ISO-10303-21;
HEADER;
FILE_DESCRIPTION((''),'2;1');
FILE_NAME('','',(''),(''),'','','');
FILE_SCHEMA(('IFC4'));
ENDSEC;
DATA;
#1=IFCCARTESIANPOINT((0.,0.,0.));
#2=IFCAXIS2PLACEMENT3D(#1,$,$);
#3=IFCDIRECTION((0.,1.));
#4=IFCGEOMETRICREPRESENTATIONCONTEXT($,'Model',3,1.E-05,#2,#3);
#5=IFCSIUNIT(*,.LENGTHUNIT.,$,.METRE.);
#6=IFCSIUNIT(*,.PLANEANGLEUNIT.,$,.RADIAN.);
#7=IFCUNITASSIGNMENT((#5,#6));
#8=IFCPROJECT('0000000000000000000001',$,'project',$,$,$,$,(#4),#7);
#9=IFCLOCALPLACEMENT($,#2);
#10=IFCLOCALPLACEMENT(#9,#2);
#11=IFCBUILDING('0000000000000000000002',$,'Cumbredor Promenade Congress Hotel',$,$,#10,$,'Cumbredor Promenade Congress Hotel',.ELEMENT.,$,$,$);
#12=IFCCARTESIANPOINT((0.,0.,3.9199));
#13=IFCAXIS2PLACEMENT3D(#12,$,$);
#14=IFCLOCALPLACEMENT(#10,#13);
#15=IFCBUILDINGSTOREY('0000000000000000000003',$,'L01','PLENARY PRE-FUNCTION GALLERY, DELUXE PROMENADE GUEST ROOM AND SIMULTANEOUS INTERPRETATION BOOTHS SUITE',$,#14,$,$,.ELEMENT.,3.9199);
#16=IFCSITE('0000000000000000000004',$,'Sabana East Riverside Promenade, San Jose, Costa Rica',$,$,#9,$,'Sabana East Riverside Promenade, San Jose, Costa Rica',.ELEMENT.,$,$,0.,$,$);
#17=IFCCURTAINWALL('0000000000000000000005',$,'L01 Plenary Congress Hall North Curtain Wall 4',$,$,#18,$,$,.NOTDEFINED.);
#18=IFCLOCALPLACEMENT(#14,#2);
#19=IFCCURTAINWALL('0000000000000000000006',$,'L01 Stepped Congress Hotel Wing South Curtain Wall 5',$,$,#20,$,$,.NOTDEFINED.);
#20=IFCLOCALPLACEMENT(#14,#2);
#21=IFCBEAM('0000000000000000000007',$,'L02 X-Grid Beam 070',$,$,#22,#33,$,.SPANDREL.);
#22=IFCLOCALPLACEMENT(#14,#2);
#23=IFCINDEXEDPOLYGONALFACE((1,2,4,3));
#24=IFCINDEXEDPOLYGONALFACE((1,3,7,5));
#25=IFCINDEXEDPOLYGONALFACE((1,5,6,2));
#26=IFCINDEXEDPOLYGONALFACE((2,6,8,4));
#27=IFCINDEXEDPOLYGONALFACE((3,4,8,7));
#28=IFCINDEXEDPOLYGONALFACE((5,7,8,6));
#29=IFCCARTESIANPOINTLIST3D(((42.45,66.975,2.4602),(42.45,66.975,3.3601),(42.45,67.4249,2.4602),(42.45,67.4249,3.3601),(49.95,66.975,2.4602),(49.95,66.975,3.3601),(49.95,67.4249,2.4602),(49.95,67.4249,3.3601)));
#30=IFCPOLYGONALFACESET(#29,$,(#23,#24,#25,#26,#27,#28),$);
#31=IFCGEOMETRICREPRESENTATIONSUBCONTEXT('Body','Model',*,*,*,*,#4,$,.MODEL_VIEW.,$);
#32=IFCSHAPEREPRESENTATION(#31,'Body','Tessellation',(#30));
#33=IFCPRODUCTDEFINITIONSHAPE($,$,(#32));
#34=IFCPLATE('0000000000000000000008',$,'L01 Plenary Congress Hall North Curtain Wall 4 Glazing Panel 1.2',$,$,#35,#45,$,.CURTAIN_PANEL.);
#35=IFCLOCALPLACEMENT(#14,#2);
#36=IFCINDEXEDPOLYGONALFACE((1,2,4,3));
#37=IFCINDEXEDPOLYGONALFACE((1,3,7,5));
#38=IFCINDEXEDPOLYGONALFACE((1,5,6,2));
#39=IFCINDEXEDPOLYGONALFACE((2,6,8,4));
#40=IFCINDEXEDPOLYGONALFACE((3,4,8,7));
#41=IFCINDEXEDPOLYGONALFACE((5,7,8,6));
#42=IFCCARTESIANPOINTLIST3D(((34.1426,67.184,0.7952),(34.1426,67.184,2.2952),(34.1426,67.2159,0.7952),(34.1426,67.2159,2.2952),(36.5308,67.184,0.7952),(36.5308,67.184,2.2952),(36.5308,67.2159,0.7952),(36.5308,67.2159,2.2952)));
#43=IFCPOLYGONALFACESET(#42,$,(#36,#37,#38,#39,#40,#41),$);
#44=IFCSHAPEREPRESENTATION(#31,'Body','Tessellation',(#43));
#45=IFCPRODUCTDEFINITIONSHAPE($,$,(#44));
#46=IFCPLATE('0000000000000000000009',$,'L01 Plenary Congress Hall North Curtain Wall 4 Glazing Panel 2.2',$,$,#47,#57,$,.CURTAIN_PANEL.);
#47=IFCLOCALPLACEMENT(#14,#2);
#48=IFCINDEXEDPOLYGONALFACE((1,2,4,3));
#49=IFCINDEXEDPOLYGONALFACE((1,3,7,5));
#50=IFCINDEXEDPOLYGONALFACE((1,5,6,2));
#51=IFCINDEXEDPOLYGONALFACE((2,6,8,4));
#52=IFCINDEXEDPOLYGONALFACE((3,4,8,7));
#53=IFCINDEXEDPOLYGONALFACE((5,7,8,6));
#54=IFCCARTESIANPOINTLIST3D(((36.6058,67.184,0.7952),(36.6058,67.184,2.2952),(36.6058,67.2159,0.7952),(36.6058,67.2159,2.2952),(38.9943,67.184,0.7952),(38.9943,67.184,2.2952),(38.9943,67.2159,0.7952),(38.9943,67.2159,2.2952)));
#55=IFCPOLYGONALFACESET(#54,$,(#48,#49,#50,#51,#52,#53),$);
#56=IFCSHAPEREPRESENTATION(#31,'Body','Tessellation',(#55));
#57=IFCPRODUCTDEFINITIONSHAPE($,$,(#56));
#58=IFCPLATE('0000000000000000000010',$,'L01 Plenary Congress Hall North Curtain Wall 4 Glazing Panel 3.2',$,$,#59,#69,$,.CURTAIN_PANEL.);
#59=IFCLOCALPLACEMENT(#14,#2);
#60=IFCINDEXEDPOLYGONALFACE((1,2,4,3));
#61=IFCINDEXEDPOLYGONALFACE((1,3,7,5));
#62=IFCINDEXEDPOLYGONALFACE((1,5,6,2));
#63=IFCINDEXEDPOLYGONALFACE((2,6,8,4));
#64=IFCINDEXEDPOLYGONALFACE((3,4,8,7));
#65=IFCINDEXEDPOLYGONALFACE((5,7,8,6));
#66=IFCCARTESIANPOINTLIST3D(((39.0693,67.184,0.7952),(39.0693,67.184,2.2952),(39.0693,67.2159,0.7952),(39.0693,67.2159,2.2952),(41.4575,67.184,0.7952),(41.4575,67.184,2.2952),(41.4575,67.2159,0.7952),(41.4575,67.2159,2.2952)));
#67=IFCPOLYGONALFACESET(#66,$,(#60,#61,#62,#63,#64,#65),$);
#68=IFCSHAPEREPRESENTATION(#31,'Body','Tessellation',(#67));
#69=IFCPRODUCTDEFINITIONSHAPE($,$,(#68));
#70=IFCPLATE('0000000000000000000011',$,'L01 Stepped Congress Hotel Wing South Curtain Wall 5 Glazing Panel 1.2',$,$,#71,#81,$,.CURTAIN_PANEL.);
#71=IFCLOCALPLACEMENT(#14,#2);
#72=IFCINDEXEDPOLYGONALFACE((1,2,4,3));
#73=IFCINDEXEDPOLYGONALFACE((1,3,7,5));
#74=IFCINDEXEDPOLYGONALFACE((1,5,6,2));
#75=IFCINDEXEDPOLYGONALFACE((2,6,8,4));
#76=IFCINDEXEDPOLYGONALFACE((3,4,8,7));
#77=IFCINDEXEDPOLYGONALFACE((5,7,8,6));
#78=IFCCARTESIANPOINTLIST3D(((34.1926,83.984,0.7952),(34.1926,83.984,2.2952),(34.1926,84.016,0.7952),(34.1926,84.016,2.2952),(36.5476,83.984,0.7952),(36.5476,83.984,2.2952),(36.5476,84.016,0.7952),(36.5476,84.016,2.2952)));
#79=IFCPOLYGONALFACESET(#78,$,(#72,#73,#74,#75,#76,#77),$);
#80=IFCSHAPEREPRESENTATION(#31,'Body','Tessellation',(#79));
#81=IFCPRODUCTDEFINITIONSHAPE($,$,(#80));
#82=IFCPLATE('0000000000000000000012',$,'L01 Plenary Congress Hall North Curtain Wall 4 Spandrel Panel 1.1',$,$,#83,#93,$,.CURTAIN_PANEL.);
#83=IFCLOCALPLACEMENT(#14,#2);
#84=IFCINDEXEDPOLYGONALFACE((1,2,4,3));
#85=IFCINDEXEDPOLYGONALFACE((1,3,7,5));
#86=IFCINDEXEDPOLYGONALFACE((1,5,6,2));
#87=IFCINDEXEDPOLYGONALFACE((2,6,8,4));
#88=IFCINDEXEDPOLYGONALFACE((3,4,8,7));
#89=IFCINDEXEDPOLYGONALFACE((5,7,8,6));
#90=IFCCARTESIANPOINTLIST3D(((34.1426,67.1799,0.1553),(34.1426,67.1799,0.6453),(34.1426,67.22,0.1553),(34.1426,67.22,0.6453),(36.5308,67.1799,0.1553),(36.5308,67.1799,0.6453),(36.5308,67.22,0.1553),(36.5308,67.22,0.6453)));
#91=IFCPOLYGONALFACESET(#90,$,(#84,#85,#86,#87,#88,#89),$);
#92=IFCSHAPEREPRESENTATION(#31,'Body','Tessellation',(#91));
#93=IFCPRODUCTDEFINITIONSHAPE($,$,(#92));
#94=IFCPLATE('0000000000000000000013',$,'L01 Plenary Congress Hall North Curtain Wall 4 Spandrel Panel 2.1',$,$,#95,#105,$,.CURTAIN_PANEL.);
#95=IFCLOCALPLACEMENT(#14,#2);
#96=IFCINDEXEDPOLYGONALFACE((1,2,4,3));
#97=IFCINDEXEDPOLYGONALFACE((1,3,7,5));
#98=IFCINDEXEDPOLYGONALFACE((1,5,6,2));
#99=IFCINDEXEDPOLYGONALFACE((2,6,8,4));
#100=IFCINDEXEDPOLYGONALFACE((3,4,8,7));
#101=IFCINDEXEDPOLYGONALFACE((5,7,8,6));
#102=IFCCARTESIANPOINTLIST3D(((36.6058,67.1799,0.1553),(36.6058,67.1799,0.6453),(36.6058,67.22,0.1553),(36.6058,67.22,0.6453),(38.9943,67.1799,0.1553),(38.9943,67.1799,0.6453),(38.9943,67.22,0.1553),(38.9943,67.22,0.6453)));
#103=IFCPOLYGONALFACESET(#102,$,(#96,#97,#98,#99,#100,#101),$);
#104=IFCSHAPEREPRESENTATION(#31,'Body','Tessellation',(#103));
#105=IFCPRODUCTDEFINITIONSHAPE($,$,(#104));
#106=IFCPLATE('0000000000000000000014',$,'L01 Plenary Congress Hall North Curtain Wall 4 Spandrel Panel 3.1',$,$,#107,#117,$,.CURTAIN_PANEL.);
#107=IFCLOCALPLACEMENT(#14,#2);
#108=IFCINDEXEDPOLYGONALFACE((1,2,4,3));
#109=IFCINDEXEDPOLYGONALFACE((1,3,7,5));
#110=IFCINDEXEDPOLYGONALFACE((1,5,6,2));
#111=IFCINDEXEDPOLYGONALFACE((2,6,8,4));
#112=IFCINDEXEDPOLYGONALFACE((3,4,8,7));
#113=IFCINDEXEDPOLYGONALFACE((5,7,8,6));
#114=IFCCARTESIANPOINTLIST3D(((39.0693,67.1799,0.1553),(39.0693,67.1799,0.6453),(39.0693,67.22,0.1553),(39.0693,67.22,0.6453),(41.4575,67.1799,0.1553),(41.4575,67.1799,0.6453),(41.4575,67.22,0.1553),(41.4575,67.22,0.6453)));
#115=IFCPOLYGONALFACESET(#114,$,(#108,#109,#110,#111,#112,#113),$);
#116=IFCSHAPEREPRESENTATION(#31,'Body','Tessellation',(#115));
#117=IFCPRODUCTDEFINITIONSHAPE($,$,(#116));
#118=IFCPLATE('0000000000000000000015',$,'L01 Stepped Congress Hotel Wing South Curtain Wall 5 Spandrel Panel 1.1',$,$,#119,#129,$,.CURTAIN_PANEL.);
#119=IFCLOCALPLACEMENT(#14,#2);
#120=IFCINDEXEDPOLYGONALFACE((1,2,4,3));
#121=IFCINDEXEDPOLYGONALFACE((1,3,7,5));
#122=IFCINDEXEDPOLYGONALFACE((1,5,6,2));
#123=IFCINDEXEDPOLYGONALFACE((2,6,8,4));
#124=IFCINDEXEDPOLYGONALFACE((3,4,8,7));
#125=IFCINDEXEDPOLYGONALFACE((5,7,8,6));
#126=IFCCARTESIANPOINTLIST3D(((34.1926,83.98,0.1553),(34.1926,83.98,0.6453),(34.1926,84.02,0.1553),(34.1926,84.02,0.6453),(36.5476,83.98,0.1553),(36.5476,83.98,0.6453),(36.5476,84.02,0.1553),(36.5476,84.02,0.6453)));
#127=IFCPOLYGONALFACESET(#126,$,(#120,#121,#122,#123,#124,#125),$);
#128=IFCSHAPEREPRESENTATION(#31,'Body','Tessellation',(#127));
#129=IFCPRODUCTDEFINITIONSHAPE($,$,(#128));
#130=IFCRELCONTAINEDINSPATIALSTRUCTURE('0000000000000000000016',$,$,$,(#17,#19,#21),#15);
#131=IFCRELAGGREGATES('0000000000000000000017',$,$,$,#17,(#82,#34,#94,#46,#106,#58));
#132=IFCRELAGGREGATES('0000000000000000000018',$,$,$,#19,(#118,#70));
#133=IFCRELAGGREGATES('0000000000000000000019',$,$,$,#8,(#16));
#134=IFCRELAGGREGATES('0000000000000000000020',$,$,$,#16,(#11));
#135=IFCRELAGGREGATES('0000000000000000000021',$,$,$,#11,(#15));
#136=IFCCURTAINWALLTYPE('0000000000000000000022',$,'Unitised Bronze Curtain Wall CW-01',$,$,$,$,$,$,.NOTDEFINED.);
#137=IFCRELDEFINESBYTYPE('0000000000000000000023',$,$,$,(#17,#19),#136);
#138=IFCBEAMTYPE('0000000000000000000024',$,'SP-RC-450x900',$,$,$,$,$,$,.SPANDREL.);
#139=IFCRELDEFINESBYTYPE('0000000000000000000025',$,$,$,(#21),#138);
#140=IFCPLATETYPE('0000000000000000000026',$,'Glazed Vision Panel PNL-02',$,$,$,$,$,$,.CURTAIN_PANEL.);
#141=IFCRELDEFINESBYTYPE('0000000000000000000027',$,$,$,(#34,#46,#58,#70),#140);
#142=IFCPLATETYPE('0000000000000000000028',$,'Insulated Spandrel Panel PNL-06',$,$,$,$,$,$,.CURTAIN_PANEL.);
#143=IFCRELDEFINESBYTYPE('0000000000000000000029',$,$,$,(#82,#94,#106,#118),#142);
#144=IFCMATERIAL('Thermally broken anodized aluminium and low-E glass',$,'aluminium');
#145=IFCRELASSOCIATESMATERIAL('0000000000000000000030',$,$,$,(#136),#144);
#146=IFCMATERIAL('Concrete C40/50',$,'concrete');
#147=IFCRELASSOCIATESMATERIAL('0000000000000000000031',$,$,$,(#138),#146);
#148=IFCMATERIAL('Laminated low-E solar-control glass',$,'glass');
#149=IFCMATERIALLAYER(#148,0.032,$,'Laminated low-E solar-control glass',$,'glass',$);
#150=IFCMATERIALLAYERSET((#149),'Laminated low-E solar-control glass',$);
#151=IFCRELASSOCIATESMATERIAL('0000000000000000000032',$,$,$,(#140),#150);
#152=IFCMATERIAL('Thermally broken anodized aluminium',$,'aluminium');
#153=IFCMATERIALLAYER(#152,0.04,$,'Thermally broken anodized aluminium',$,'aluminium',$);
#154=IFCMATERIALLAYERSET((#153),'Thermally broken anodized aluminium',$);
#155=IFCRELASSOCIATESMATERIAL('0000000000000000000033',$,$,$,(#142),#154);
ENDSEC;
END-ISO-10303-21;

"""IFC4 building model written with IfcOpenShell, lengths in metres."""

from ifc_helpers import new_model, si_unit, direction, frame, origin, origin_2d, place, context, subcontext, project, spatial, rectangle, extrude, material, layer, layer_set, material_profile, profile_set, type_object, element, aggregate, save


model = new_model("IFC4")

# Units and contexts
model_context = context("Model", 3, precision=1e-05, world=origin(), true_north=direction((0.0, 1.0)))
body_context = subcontext(model_context, "Body", "Model", "MODEL_VIEW")
ifc_project = project(units=[si_unit("LENGTHUNIT", "METRE"), si_unit("PLANEANGLEUNIT", "RADIAN")], contexts=[model_context])

# Site, building, storey
site_placement = place(None, origin())
site = spatial("IfcSite", under=ifc_project, at=site_placement, Name="Sabana East Riverside Promenade, San Jose, Costa Rica", LongName="Sabana East Riverside Promenade, San Jose, Costa Rica", CompositionType="ELEMENT", RefElevation=0.0)
building_placement = place(site_placement, origin())
building = spatial("IfcBuilding", under=site, at=building_placement, Name="Cumbredor Promenade Congress Hotel", LongName="Cumbredor Promenade Congress Hotel", CompositionType="ELEMENT")
storey_placement = place(building_placement, frame((0.0, 0.0, 3.9199)))
storey = spatial("IfcBuildingStorey", under=building, at=storey_placement, Name="L01", Description="PLENARY PRE-FUNCTION GALLERY, DELUXE PROMENADE GUEST ROOM AND SIMULTANEOUS INTERPRETATION BOOTHS SUITE", CompositionType="ELEMENT", Elevation=3.9199)

# Curtain wall
ifc_material_1 = material(Name="Thermally broken anodized aluminium and low-E glass", Category="aluminium")
curtain_wall_type = type_object("IfcCurtainWallType", Name="Unitised Bronze Curtain Wall CW-01", PredefinedType="NOTDEFINED", material=ifc_material_1)
curtain_wall_1_placement = place(storey_placement, origin())
curtain_wall_1 = element("IfcCurtainWall", 1, at=curtain_wall_1_placement, inside=storey, type_object=curtain_wall_type, Name="L01 Plenary Congress Hall North Curtain Wall 4", PredefinedType="NOTDEFINED")
ifc_material_2 = material(Name="Thermally broken anodized aluminium", Category="aluminium")

# Curtain wall
curtain_wall_2_placement = place(storey_placement, origin())
curtain_wall_2 = element("IfcCurtainWall", 2, at=curtain_wall_2_placement, inside=storey, type_object=curtain_wall_type, Name="L01 Stepped Congress Hotel Wing South Curtain Wall 5", PredefinedType="NOTDEFINED")

# Beam
ifc_material_3 = material(Name="Concrete C40/50", Category="concrete")
ifc_material_profile_1 = material_profile(ifc_material_3, rectangle(XDim=0.45, YDim=0.8999, at=origin_2d()), Name="RC SPANDREL 450x900")
ifc_profile_set_1 = profile_set([ifc_material_profile_1], Name="Concrete C40/50")
beam_type = type_object("IfcBeamType", Name="SP-RC-450x900", PredefinedType="SPANDREL", material=ifc_profile_set_1)
beam_placement = place(storey_placement, frame((42.45, 67.2, 2.9102), z_axis=(1.0, 0.0, 0.0), x_axis=(0.0, 1.0, 0.0)))
element("IfcBeam", 3, at=beam_placement, inside=storey, type_object=beam_type, Name="L02 X-Grid Beam 070", PredefinedType="SPANDREL", context=body_context, shape_type="SweptSolid", body=[
    extrude(rectangle(XDim=0.45, YDim=0.8999, at=origin_2d()), origin(), (0.0, 0.0, 1.0), 7.5),
])

# Plates
ifc_material_4 = material(Name="Laminated low-E solar-control glass", Category="glass")
ifc_layer_1 = layer(ifc_material_4, 0.032, Name="Laminated low-E solar-control glass", Category="glass")
ifc_layer_set_1 = layer_set([ifc_layer_1], Name="Laminated low-E solar-control glass")
plate_type_1 = type_object("IfcPlateType", Name="Glazed Vision Panel PNL-02", PredefinedType="CURTAIN_PANEL", material=ifc_layer_set_1)
plate_1_placement = place(storey_placement, frame((35.3367, 67.2, 0.7952), z_axis=(0.0, 0.0, 1.0), x_axis=(1.0, 0.0, 0.0)))
plate_1 = element("IfcPlate", 4, at=plate_1_placement, type_object=plate_type_1, Name="L01 Plenary Congress Hall North Curtain Wall 4 Glazing Panel 1.2", PredefinedType="CURTAIN_PANEL", context=body_context, shape_type="SweptSolid", body=[
    extrude(rectangle(XDim=2.3882, YDim=0.032, at=origin_2d()), origin(), (0.0, 0.0, 1.0), 1.5),
])
plate_2_placement = place(storey_placement, frame((37.8, 67.2, 0.7952), z_axis=(0.0, 0.0, 1.0), x_axis=(1.0, 0.0, 0.0)))
plate_2 = element("IfcPlate", 5, at=plate_2_placement, type_object=plate_type_1, Name="L01 Plenary Congress Hall North Curtain Wall 4 Glazing Panel 2.2", PredefinedType="CURTAIN_PANEL", context=body_context, shape_type="SweptSolid", body=[
    extrude(rectangle(XDim=2.3884, YDim=0.032, at=origin_2d()), origin(), (0.0, 0.0, 1.0), 1.5),
])
plate_3_placement = place(storey_placement, frame((40.2634, 67.2, 0.7952), z_axis=(0.0, 0.0, 1.0), x_axis=(1.0, 0.0, 0.0)))
plate_3 = element("IfcPlate", 6, at=plate_3_placement, type_object=plate_type_1, Name="L01 Plenary Congress Hall North Curtain Wall 4 Glazing Panel 3.2", PredefinedType="CURTAIN_PANEL", context=body_context, shape_type="SweptSolid", body=[
    extrude(rectangle(XDim=2.3882, YDim=0.032, at=origin_2d()), origin(), (0.0, 0.0, 1.0), 1.5),
])
plate_4_placement = place(storey_placement, frame((35.3701, 84.0, 0.7952), z_axis=(0.0, 0.0, 1.0), x_axis=(1.0, 0.0, 0.0)))
plate_4 = element("IfcPlate", 7, at=plate_4_placement, type_object=plate_type_1, Name="L01 Stepped Congress Hotel Wing South Curtain Wall 5 Glazing Panel 1.2", PredefinedType="CURTAIN_PANEL", context=body_context, shape_type="SweptSolid", body=[
    extrude(rectangle(XDim=2.355, YDim=0.032, at=origin_2d()), origin(), (0.0, 0.0, 1.0), 1.5),
])
ifc_layer_2 = layer(ifc_material_2, 0.04, Name="Thermally broken anodized aluminium", Category="aluminium")
ifc_layer_set_2 = layer_set([ifc_layer_2], Name="Thermally broken anodized aluminium")
plate_type_2 = type_object("IfcPlateType", Name="Insulated Spandrel Panel PNL-06", PredefinedType="CURTAIN_PANEL", material=ifc_layer_set_2)
plate_5_placement = place(storey_placement, frame((35.3367, 67.2, 0.1553), z_axis=(0.0, 0.0, 1.0), x_axis=(1.0, 0.0, 0.0)))
plate_5 = element("IfcPlate", 8, at=plate_5_placement, type_object=plate_type_2, Name="L01 Plenary Congress Hall North Curtain Wall 4 Spandrel Panel 1.1", PredefinedType="CURTAIN_PANEL", context=body_context, shape_type="SweptSolid", body=[
    extrude(rectangle(XDim=2.3882, YDim=0.04, at=origin_2d()), origin(), (0.0, 0.0, 1.0), 0.49),
])
plate_6_placement = place(storey_placement, frame((37.8, 67.2, 0.1553), z_axis=(0.0, 0.0, 1.0), x_axis=(1.0, 0.0, 0.0)))
plate_6 = element("IfcPlate", 9, at=plate_6_placement, type_object=plate_type_2, Name="L01 Plenary Congress Hall North Curtain Wall 4 Spandrel Panel 2.1", PredefinedType="CURTAIN_PANEL", context=body_context, shape_type="SweptSolid", body=[
    extrude(rectangle(XDim=2.3884, YDim=0.04, at=origin_2d()), origin(), (0.0, 0.0, 1.0), 0.49),
])
plate_7_placement = place(storey_placement, frame((40.2634, 67.2, 0.1553), z_axis=(0.0, 0.0, 1.0), x_axis=(1.0, 0.0, 0.0)))
plate_7 = element("IfcPlate", 10, at=plate_7_placement, type_object=plate_type_2, Name="L01 Plenary Congress Hall North Curtain Wall 4 Spandrel Panel 3.1", PredefinedType="CURTAIN_PANEL", context=body_context, shape_type="SweptSolid", body=[
    extrude(rectangle(XDim=2.3882, YDim=0.04, at=origin_2d()), origin(), (0.0, 0.0, 1.0), 0.49),
])
aggregate(curtain_wall_1, [plate_5, plate_1, plate_6, plate_2, plate_7, plate_3])
plate_8_placement = place(storey_placement, frame((35.3701, 84.0, 0.1553), z_axis=(0.0, 0.0, 1.0), x_axis=(1.0, 0.0, 0.0)))
plate_8 = element("IfcPlate", 11, at=plate_8_placement, type_object=plate_type_2, Name="L01 Stepped Congress Hotel Wing South Curtain Wall 5 Spandrel Panel 1.1", PredefinedType="CURTAIN_PANEL", context=body_context, shape_type="SweptSolid", body=[
    extrude(rectangle(XDim=2.355, YDim=0.04, at=origin_2d()), origin(), (0.0, 0.0, 1.0), 0.49),
])
aggregate(curtain_wall_2, [plate_8, plate_4])

save(model, "model.ifc")
